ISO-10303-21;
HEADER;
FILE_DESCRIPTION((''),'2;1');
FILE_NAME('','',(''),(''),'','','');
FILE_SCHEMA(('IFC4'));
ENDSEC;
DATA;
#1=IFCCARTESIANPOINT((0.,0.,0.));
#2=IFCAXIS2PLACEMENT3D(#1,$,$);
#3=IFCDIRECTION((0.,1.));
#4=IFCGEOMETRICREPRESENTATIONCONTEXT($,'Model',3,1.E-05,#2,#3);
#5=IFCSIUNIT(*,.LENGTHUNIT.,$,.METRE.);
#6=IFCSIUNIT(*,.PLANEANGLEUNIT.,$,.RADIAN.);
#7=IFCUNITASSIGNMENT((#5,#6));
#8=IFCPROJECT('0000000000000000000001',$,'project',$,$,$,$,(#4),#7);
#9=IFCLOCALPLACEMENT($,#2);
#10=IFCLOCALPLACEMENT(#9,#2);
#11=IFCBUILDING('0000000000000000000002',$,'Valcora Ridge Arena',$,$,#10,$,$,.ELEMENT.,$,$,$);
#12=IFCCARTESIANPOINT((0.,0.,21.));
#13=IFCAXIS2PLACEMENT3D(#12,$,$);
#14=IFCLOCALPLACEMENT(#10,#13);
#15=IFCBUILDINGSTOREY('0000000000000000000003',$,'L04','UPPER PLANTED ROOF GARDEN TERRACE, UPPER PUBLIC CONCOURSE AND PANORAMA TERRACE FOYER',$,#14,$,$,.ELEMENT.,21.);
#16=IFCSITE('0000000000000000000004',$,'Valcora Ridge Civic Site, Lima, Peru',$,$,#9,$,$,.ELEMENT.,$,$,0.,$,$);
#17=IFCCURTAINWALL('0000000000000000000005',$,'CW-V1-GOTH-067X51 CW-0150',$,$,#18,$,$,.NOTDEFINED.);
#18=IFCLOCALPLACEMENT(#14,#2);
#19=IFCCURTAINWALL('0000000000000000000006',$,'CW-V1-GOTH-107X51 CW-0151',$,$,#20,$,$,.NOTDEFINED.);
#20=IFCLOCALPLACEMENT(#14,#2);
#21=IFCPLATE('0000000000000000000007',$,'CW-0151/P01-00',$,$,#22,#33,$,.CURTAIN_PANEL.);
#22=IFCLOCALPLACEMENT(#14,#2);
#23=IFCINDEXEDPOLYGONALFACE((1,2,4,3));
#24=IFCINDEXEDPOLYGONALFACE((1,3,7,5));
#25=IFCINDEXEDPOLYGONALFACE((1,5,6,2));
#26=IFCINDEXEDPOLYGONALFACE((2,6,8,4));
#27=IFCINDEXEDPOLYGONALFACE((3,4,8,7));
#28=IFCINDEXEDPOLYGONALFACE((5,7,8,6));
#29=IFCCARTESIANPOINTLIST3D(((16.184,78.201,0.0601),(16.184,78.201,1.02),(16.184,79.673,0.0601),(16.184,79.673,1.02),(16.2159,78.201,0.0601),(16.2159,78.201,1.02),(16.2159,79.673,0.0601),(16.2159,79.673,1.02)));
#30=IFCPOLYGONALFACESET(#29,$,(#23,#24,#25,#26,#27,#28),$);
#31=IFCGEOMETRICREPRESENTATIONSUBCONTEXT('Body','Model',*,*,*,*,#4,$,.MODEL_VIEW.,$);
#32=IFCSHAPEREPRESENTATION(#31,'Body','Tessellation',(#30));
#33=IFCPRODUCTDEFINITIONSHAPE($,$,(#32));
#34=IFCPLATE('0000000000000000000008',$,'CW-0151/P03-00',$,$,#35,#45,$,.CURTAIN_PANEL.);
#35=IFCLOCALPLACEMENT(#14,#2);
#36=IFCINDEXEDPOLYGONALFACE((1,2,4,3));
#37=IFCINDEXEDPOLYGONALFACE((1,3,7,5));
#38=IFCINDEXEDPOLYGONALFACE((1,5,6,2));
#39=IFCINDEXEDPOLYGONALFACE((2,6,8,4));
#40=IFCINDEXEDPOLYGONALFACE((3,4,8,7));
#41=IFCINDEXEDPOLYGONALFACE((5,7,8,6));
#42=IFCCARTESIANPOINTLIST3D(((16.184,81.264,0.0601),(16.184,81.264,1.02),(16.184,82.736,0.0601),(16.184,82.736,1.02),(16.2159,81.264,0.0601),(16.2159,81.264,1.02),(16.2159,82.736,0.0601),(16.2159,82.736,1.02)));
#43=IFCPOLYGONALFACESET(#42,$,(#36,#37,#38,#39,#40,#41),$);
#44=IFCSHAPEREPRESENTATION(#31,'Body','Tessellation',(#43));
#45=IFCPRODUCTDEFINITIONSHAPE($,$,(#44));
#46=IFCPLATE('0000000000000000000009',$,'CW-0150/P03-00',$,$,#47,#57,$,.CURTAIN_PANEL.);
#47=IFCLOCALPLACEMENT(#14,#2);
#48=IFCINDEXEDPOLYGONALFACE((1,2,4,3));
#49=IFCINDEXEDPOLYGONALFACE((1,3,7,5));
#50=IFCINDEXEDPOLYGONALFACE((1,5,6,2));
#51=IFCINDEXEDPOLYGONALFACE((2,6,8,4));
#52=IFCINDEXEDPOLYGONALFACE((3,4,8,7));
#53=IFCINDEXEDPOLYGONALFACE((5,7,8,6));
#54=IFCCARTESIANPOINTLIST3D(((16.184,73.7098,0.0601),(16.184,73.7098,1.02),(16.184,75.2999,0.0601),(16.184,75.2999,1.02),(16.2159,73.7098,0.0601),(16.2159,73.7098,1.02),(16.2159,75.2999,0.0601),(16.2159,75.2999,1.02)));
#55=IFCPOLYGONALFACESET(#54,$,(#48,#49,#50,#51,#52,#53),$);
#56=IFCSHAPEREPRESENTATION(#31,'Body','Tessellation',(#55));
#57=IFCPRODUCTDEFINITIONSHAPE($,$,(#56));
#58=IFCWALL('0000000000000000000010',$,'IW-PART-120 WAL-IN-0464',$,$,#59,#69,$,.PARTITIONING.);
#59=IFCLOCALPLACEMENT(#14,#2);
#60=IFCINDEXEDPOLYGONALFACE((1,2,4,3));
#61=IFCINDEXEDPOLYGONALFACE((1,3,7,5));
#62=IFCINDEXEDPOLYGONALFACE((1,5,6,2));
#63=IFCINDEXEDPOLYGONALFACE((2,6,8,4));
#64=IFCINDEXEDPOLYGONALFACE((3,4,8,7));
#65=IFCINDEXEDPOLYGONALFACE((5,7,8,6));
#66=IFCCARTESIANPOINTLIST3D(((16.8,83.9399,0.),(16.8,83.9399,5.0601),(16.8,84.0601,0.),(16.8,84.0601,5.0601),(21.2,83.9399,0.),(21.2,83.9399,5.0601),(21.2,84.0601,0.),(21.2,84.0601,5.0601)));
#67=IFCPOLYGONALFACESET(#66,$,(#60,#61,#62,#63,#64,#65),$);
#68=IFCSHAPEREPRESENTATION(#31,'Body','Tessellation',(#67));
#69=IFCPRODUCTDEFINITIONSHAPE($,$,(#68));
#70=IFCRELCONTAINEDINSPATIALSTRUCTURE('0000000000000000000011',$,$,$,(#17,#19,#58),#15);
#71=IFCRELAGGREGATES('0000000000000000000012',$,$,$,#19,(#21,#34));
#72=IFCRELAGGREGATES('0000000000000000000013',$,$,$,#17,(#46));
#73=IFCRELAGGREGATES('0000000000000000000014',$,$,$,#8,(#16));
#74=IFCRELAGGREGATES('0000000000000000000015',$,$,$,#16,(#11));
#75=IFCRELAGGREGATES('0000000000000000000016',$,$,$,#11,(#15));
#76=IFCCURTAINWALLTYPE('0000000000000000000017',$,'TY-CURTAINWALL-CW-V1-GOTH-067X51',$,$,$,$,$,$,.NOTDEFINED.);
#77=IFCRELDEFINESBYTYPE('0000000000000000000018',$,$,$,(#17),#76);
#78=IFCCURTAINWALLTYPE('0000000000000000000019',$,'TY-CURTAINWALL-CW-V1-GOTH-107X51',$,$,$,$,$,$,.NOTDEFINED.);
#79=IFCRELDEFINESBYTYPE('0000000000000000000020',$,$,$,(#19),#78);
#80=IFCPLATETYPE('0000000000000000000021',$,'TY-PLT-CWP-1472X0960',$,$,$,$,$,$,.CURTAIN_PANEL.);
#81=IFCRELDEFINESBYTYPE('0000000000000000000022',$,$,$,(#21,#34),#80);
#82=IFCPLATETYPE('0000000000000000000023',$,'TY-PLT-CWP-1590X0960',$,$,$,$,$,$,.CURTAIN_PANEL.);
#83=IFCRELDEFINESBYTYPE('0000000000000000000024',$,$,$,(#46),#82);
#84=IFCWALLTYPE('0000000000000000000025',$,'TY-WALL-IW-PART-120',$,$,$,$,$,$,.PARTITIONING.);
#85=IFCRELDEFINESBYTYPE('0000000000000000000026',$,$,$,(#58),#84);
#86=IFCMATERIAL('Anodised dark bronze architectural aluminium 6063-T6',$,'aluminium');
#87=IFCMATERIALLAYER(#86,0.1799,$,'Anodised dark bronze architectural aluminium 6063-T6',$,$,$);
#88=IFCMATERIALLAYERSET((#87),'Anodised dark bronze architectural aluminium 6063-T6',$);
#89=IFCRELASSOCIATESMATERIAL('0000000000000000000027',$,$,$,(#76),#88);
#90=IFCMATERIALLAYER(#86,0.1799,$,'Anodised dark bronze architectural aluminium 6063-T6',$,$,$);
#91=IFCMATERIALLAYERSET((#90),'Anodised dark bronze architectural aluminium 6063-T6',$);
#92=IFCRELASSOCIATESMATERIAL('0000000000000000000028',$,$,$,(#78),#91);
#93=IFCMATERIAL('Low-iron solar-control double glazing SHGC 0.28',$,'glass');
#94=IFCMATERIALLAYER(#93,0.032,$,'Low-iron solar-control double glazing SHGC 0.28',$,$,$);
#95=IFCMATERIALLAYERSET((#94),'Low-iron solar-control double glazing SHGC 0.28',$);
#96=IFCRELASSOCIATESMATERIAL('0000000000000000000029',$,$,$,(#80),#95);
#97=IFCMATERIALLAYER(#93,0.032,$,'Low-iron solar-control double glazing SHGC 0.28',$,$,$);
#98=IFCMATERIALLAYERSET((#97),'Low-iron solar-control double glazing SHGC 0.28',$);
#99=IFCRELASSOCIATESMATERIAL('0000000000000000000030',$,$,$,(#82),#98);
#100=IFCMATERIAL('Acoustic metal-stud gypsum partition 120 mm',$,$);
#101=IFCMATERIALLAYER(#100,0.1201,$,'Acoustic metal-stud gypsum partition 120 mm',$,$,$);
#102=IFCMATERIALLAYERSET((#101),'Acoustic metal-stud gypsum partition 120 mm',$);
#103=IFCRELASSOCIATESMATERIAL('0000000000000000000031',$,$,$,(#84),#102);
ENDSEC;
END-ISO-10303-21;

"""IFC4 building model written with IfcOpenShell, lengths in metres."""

from ifc_helpers import new_model, si_unit, direction, frame, frame_2d, origin, origin_2d, place, context, subcontext, project, spatial, rectangle, extrude, material, layer, layer_set, type_object, element, aggregate, save


model = new_model("IFC4")

# Units and contexts
model_context = context("Model", 3, precision=1e-05, world=origin(), true_north=direction((0.0, 1.0)))
body_context = subcontext(model_context, "Body", "Model", "MODEL_VIEW")
ifc_project = project(units=[si_unit("LENGTHUNIT", "METRE"), si_unit("PLANEANGLEUNIT", "RADIAN")], contexts=[model_context])

# Site, building, storey
site_placement = place(None, origin())
site = spatial("IfcSite", under=ifc_project, at=site_placement, Name="Valcora Ridge Civic Site, Lima, Peru", CompositionType="ELEMENT", RefElevation=0.0)
building_placement = place(site_placement, origin())
building = spatial("IfcBuilding", under=site, at=building_placement, Name="Valcora Ridge Arena", CompositionType="ELEMENT")
storey_placement = place(building_placement, frame((0.0, 0.0, 21.0)))
storey = spatial("IfcBuildingStorey", under=building, at=storey_placement, Name="L04", Description="UPPER PLANTED ROOF GARDEN TERRACE, UPPER PUBLIC CONCOURSE AND PANORAMA TERRACE FOYER", CompositionType="ELEMENT", Elevation=21.0)

# Curtain walls
ifc_material_1 = material(Name="Anodised dark bronze architectural aluminium 6063-T6", Category="aluminium")
ifc_layer_1 = layer(ifc_material_1, 0.1799, Name="Anodised dark bronze architectural aluminium 6063-T6")
ifc_layer_set_1 = layer_set([ifc_layer_1], Name="Anodised dark bronze architectural aluminium 6063-T6")
curtain_wall_type_1 = type_object("IfcCurtainWallType", Name="TY-CURTAINWALL-CW-V1-GOTH-067X51", PredefinedType="NOTDEFINED", material=ifc_layer_set_1)
curtain_wall_1_placement = place(storey_placement, origin())
curtain_wall_1 = element("IfcCurtainWall", 1, at=curtain_wall_1_placement, inside=storey, type_object=curtain_wall_type_1, Name="CW-V1-GOTH-067X51 CW-0150", PredefinedType="NOTDEFINED")
ifc_layer_2 = layer(ifc_material_1, 0.1799, Name="Anodised dark bronze architectural aluminium 6063-T6")
ifc_layer_set_2 = layer_set([ifc_layer_2], Name="Anodised dark bronze architectural aluminium 6063-T6")
curtain_wall_type_2 = type_object("IfcCurtainWallType", Name="TY-CURTAINWALL-CW-V1-GOTH-107X51", PredefinedType="NOTDEFINED", material=ifc_layer_set_2)
curtain_wall_2_placement = place(storey_placement, origin())
curtain_wall_2 = element("IfcCurtainWall", 2, at=curtain_wall_2_placement, inside=storey, type_object=curtain_wall_type_2, Name="CW-V1-GOTH-107X51 CW-0151", PredefinedType="NOTDEFINED")

# Plates
ifc_material_2 = material(Name="Low-iron solar-control double glazing SHGC 0.28", Category="glass")
ifc_layer_3 = layer(ifc_material_2, 0.032, Name="Low-iron solar-control double glazing SHGC 0.28")
ifc_layer_set_3 = layer_set([ifc_layer_3], Name="Low-iron solar-control double glazing SHGC 0.28")
plate_type_1 = type_object("IfcPlateType", Name="TY-PLT-CWP-1472X0960", PredefinedType="CURTAIN_PANEL", material=ifc_layer_set_3)
plate_1_placement = place(storey_placement, frame((16.2, 78.937, 0.0601), z_axis=(0.0, 0.0, 1.0), x_axis=(0.0, 1.0, 0.0)))
plate_1 = element("IfcPlate", 3, at=plate_1_placement, type_object=plate_type_1, Name="CW-0151/P01-00", PredefinedType="CURTAIN_PANEL", context=body_context, shape_type="SweptSolid", body=[
    extrude(rectangle(XDim=1.4719, YDim=0.032, at=origin_2d()), origin(), (0.0, 0.0, 1.0), 0.96),
])
plate_2_placement = place(storey_placement, frame((16.2, 82.0, 0.0601), z_axis=(0.0, 0.0, 1.0), x_axis=(0.0, 1.0, 0.0)))
plate_2 = element("IfcPlate", 4, at=plate_2_placement, type_object=plate_type_1, Name="CW-0151/P03-00", PredefinedType="CURTAIN_PANEL", context=body_context, shape_type="SweptSolid", body=[
    extrude(rectangle(XDim=1.4719, YDim=0.032, at=origin_2d()), origin(), (0.0, 0.0, 1.0), 0.96),
])
aggregate(curtain_wall_2, [plate_1, plate_2])
ifc_layer_4 = layer(ifc_material_2, 0.032, Name="Low-iron solar-control double glazing SHGC 0.28")
ifc_layer_set_4 = layer_set([ifc_layer_4], Name="Low-iron solar-control double glazing SHGC 0.28")
plate_type_2 = type_object("IfcPlateType", Name="TY-PLT-CWP-1590X0960", PredefinedType="CURTAIN_PANEL", material=ifc_layer_set_4)
plate_3_placement = place(storey_placement, frame((16.2, 74.5049, 0.0601), z_axis=(0.0, 0.0, 1.0), x_axis=(0.0, 1.0, 0.0)))
plate_3 = element("IfcPlate", 5, at=plate_3_placement, type_object=plate_type_2, Name="CW-0150/P03-00", PredefinedType="CURTAIN_PANEL", context=body_context, shape_type="SweptSolid", body=[
    extrude(rectangle(XDim=1.5901, YDim=0.032, at=origin_2d()), origin(), (0.0, 0.0, 1.0), 0.96),
])
aggregate(curtain_wall_1, [plate_3])

# Wall
ifc_material_3 = material(Name="Acoustic metal-stud gypsum partition 120 mm")
ifc_layer_5 = layer(ifc_material_3, 0.1201, Name="Acoustic metal-stud gypsum partition 120 mm")
ifc_layer_set_5 = layer_set([ifc_layer_5], Name="Acoustic metal-stud gypsum partition 120 mm")
wall_type = type_object("IfcWallType", Name="TY-WALL-IW-PART-120", PredefinedType="PARTITIONING", material=ifc_layer_set_5)
wall_placement = place(storey_placement, frame((16.8, 84.0, 0.0), z_axis=(0.0, 0.0, 1.0), x_axis=(1.0, 0.0, 0.0)))
element("IfcWall", 6, at=wall_placement, inside=storey, type_object=wall_type, Name="IW-PART-120 WAL-IN-0464", PredefinedType="PARTITIONING", context=body_context, shape_type="SweptSolid", body=[
    extrude(rectangle(XDim=4.3999, YDim=0.1201, at=frame_2d((2.2, 0.0))), origin(), (0.0, 0.0, 1.0), 5.0601),
])

save(model, "model.ifc")
